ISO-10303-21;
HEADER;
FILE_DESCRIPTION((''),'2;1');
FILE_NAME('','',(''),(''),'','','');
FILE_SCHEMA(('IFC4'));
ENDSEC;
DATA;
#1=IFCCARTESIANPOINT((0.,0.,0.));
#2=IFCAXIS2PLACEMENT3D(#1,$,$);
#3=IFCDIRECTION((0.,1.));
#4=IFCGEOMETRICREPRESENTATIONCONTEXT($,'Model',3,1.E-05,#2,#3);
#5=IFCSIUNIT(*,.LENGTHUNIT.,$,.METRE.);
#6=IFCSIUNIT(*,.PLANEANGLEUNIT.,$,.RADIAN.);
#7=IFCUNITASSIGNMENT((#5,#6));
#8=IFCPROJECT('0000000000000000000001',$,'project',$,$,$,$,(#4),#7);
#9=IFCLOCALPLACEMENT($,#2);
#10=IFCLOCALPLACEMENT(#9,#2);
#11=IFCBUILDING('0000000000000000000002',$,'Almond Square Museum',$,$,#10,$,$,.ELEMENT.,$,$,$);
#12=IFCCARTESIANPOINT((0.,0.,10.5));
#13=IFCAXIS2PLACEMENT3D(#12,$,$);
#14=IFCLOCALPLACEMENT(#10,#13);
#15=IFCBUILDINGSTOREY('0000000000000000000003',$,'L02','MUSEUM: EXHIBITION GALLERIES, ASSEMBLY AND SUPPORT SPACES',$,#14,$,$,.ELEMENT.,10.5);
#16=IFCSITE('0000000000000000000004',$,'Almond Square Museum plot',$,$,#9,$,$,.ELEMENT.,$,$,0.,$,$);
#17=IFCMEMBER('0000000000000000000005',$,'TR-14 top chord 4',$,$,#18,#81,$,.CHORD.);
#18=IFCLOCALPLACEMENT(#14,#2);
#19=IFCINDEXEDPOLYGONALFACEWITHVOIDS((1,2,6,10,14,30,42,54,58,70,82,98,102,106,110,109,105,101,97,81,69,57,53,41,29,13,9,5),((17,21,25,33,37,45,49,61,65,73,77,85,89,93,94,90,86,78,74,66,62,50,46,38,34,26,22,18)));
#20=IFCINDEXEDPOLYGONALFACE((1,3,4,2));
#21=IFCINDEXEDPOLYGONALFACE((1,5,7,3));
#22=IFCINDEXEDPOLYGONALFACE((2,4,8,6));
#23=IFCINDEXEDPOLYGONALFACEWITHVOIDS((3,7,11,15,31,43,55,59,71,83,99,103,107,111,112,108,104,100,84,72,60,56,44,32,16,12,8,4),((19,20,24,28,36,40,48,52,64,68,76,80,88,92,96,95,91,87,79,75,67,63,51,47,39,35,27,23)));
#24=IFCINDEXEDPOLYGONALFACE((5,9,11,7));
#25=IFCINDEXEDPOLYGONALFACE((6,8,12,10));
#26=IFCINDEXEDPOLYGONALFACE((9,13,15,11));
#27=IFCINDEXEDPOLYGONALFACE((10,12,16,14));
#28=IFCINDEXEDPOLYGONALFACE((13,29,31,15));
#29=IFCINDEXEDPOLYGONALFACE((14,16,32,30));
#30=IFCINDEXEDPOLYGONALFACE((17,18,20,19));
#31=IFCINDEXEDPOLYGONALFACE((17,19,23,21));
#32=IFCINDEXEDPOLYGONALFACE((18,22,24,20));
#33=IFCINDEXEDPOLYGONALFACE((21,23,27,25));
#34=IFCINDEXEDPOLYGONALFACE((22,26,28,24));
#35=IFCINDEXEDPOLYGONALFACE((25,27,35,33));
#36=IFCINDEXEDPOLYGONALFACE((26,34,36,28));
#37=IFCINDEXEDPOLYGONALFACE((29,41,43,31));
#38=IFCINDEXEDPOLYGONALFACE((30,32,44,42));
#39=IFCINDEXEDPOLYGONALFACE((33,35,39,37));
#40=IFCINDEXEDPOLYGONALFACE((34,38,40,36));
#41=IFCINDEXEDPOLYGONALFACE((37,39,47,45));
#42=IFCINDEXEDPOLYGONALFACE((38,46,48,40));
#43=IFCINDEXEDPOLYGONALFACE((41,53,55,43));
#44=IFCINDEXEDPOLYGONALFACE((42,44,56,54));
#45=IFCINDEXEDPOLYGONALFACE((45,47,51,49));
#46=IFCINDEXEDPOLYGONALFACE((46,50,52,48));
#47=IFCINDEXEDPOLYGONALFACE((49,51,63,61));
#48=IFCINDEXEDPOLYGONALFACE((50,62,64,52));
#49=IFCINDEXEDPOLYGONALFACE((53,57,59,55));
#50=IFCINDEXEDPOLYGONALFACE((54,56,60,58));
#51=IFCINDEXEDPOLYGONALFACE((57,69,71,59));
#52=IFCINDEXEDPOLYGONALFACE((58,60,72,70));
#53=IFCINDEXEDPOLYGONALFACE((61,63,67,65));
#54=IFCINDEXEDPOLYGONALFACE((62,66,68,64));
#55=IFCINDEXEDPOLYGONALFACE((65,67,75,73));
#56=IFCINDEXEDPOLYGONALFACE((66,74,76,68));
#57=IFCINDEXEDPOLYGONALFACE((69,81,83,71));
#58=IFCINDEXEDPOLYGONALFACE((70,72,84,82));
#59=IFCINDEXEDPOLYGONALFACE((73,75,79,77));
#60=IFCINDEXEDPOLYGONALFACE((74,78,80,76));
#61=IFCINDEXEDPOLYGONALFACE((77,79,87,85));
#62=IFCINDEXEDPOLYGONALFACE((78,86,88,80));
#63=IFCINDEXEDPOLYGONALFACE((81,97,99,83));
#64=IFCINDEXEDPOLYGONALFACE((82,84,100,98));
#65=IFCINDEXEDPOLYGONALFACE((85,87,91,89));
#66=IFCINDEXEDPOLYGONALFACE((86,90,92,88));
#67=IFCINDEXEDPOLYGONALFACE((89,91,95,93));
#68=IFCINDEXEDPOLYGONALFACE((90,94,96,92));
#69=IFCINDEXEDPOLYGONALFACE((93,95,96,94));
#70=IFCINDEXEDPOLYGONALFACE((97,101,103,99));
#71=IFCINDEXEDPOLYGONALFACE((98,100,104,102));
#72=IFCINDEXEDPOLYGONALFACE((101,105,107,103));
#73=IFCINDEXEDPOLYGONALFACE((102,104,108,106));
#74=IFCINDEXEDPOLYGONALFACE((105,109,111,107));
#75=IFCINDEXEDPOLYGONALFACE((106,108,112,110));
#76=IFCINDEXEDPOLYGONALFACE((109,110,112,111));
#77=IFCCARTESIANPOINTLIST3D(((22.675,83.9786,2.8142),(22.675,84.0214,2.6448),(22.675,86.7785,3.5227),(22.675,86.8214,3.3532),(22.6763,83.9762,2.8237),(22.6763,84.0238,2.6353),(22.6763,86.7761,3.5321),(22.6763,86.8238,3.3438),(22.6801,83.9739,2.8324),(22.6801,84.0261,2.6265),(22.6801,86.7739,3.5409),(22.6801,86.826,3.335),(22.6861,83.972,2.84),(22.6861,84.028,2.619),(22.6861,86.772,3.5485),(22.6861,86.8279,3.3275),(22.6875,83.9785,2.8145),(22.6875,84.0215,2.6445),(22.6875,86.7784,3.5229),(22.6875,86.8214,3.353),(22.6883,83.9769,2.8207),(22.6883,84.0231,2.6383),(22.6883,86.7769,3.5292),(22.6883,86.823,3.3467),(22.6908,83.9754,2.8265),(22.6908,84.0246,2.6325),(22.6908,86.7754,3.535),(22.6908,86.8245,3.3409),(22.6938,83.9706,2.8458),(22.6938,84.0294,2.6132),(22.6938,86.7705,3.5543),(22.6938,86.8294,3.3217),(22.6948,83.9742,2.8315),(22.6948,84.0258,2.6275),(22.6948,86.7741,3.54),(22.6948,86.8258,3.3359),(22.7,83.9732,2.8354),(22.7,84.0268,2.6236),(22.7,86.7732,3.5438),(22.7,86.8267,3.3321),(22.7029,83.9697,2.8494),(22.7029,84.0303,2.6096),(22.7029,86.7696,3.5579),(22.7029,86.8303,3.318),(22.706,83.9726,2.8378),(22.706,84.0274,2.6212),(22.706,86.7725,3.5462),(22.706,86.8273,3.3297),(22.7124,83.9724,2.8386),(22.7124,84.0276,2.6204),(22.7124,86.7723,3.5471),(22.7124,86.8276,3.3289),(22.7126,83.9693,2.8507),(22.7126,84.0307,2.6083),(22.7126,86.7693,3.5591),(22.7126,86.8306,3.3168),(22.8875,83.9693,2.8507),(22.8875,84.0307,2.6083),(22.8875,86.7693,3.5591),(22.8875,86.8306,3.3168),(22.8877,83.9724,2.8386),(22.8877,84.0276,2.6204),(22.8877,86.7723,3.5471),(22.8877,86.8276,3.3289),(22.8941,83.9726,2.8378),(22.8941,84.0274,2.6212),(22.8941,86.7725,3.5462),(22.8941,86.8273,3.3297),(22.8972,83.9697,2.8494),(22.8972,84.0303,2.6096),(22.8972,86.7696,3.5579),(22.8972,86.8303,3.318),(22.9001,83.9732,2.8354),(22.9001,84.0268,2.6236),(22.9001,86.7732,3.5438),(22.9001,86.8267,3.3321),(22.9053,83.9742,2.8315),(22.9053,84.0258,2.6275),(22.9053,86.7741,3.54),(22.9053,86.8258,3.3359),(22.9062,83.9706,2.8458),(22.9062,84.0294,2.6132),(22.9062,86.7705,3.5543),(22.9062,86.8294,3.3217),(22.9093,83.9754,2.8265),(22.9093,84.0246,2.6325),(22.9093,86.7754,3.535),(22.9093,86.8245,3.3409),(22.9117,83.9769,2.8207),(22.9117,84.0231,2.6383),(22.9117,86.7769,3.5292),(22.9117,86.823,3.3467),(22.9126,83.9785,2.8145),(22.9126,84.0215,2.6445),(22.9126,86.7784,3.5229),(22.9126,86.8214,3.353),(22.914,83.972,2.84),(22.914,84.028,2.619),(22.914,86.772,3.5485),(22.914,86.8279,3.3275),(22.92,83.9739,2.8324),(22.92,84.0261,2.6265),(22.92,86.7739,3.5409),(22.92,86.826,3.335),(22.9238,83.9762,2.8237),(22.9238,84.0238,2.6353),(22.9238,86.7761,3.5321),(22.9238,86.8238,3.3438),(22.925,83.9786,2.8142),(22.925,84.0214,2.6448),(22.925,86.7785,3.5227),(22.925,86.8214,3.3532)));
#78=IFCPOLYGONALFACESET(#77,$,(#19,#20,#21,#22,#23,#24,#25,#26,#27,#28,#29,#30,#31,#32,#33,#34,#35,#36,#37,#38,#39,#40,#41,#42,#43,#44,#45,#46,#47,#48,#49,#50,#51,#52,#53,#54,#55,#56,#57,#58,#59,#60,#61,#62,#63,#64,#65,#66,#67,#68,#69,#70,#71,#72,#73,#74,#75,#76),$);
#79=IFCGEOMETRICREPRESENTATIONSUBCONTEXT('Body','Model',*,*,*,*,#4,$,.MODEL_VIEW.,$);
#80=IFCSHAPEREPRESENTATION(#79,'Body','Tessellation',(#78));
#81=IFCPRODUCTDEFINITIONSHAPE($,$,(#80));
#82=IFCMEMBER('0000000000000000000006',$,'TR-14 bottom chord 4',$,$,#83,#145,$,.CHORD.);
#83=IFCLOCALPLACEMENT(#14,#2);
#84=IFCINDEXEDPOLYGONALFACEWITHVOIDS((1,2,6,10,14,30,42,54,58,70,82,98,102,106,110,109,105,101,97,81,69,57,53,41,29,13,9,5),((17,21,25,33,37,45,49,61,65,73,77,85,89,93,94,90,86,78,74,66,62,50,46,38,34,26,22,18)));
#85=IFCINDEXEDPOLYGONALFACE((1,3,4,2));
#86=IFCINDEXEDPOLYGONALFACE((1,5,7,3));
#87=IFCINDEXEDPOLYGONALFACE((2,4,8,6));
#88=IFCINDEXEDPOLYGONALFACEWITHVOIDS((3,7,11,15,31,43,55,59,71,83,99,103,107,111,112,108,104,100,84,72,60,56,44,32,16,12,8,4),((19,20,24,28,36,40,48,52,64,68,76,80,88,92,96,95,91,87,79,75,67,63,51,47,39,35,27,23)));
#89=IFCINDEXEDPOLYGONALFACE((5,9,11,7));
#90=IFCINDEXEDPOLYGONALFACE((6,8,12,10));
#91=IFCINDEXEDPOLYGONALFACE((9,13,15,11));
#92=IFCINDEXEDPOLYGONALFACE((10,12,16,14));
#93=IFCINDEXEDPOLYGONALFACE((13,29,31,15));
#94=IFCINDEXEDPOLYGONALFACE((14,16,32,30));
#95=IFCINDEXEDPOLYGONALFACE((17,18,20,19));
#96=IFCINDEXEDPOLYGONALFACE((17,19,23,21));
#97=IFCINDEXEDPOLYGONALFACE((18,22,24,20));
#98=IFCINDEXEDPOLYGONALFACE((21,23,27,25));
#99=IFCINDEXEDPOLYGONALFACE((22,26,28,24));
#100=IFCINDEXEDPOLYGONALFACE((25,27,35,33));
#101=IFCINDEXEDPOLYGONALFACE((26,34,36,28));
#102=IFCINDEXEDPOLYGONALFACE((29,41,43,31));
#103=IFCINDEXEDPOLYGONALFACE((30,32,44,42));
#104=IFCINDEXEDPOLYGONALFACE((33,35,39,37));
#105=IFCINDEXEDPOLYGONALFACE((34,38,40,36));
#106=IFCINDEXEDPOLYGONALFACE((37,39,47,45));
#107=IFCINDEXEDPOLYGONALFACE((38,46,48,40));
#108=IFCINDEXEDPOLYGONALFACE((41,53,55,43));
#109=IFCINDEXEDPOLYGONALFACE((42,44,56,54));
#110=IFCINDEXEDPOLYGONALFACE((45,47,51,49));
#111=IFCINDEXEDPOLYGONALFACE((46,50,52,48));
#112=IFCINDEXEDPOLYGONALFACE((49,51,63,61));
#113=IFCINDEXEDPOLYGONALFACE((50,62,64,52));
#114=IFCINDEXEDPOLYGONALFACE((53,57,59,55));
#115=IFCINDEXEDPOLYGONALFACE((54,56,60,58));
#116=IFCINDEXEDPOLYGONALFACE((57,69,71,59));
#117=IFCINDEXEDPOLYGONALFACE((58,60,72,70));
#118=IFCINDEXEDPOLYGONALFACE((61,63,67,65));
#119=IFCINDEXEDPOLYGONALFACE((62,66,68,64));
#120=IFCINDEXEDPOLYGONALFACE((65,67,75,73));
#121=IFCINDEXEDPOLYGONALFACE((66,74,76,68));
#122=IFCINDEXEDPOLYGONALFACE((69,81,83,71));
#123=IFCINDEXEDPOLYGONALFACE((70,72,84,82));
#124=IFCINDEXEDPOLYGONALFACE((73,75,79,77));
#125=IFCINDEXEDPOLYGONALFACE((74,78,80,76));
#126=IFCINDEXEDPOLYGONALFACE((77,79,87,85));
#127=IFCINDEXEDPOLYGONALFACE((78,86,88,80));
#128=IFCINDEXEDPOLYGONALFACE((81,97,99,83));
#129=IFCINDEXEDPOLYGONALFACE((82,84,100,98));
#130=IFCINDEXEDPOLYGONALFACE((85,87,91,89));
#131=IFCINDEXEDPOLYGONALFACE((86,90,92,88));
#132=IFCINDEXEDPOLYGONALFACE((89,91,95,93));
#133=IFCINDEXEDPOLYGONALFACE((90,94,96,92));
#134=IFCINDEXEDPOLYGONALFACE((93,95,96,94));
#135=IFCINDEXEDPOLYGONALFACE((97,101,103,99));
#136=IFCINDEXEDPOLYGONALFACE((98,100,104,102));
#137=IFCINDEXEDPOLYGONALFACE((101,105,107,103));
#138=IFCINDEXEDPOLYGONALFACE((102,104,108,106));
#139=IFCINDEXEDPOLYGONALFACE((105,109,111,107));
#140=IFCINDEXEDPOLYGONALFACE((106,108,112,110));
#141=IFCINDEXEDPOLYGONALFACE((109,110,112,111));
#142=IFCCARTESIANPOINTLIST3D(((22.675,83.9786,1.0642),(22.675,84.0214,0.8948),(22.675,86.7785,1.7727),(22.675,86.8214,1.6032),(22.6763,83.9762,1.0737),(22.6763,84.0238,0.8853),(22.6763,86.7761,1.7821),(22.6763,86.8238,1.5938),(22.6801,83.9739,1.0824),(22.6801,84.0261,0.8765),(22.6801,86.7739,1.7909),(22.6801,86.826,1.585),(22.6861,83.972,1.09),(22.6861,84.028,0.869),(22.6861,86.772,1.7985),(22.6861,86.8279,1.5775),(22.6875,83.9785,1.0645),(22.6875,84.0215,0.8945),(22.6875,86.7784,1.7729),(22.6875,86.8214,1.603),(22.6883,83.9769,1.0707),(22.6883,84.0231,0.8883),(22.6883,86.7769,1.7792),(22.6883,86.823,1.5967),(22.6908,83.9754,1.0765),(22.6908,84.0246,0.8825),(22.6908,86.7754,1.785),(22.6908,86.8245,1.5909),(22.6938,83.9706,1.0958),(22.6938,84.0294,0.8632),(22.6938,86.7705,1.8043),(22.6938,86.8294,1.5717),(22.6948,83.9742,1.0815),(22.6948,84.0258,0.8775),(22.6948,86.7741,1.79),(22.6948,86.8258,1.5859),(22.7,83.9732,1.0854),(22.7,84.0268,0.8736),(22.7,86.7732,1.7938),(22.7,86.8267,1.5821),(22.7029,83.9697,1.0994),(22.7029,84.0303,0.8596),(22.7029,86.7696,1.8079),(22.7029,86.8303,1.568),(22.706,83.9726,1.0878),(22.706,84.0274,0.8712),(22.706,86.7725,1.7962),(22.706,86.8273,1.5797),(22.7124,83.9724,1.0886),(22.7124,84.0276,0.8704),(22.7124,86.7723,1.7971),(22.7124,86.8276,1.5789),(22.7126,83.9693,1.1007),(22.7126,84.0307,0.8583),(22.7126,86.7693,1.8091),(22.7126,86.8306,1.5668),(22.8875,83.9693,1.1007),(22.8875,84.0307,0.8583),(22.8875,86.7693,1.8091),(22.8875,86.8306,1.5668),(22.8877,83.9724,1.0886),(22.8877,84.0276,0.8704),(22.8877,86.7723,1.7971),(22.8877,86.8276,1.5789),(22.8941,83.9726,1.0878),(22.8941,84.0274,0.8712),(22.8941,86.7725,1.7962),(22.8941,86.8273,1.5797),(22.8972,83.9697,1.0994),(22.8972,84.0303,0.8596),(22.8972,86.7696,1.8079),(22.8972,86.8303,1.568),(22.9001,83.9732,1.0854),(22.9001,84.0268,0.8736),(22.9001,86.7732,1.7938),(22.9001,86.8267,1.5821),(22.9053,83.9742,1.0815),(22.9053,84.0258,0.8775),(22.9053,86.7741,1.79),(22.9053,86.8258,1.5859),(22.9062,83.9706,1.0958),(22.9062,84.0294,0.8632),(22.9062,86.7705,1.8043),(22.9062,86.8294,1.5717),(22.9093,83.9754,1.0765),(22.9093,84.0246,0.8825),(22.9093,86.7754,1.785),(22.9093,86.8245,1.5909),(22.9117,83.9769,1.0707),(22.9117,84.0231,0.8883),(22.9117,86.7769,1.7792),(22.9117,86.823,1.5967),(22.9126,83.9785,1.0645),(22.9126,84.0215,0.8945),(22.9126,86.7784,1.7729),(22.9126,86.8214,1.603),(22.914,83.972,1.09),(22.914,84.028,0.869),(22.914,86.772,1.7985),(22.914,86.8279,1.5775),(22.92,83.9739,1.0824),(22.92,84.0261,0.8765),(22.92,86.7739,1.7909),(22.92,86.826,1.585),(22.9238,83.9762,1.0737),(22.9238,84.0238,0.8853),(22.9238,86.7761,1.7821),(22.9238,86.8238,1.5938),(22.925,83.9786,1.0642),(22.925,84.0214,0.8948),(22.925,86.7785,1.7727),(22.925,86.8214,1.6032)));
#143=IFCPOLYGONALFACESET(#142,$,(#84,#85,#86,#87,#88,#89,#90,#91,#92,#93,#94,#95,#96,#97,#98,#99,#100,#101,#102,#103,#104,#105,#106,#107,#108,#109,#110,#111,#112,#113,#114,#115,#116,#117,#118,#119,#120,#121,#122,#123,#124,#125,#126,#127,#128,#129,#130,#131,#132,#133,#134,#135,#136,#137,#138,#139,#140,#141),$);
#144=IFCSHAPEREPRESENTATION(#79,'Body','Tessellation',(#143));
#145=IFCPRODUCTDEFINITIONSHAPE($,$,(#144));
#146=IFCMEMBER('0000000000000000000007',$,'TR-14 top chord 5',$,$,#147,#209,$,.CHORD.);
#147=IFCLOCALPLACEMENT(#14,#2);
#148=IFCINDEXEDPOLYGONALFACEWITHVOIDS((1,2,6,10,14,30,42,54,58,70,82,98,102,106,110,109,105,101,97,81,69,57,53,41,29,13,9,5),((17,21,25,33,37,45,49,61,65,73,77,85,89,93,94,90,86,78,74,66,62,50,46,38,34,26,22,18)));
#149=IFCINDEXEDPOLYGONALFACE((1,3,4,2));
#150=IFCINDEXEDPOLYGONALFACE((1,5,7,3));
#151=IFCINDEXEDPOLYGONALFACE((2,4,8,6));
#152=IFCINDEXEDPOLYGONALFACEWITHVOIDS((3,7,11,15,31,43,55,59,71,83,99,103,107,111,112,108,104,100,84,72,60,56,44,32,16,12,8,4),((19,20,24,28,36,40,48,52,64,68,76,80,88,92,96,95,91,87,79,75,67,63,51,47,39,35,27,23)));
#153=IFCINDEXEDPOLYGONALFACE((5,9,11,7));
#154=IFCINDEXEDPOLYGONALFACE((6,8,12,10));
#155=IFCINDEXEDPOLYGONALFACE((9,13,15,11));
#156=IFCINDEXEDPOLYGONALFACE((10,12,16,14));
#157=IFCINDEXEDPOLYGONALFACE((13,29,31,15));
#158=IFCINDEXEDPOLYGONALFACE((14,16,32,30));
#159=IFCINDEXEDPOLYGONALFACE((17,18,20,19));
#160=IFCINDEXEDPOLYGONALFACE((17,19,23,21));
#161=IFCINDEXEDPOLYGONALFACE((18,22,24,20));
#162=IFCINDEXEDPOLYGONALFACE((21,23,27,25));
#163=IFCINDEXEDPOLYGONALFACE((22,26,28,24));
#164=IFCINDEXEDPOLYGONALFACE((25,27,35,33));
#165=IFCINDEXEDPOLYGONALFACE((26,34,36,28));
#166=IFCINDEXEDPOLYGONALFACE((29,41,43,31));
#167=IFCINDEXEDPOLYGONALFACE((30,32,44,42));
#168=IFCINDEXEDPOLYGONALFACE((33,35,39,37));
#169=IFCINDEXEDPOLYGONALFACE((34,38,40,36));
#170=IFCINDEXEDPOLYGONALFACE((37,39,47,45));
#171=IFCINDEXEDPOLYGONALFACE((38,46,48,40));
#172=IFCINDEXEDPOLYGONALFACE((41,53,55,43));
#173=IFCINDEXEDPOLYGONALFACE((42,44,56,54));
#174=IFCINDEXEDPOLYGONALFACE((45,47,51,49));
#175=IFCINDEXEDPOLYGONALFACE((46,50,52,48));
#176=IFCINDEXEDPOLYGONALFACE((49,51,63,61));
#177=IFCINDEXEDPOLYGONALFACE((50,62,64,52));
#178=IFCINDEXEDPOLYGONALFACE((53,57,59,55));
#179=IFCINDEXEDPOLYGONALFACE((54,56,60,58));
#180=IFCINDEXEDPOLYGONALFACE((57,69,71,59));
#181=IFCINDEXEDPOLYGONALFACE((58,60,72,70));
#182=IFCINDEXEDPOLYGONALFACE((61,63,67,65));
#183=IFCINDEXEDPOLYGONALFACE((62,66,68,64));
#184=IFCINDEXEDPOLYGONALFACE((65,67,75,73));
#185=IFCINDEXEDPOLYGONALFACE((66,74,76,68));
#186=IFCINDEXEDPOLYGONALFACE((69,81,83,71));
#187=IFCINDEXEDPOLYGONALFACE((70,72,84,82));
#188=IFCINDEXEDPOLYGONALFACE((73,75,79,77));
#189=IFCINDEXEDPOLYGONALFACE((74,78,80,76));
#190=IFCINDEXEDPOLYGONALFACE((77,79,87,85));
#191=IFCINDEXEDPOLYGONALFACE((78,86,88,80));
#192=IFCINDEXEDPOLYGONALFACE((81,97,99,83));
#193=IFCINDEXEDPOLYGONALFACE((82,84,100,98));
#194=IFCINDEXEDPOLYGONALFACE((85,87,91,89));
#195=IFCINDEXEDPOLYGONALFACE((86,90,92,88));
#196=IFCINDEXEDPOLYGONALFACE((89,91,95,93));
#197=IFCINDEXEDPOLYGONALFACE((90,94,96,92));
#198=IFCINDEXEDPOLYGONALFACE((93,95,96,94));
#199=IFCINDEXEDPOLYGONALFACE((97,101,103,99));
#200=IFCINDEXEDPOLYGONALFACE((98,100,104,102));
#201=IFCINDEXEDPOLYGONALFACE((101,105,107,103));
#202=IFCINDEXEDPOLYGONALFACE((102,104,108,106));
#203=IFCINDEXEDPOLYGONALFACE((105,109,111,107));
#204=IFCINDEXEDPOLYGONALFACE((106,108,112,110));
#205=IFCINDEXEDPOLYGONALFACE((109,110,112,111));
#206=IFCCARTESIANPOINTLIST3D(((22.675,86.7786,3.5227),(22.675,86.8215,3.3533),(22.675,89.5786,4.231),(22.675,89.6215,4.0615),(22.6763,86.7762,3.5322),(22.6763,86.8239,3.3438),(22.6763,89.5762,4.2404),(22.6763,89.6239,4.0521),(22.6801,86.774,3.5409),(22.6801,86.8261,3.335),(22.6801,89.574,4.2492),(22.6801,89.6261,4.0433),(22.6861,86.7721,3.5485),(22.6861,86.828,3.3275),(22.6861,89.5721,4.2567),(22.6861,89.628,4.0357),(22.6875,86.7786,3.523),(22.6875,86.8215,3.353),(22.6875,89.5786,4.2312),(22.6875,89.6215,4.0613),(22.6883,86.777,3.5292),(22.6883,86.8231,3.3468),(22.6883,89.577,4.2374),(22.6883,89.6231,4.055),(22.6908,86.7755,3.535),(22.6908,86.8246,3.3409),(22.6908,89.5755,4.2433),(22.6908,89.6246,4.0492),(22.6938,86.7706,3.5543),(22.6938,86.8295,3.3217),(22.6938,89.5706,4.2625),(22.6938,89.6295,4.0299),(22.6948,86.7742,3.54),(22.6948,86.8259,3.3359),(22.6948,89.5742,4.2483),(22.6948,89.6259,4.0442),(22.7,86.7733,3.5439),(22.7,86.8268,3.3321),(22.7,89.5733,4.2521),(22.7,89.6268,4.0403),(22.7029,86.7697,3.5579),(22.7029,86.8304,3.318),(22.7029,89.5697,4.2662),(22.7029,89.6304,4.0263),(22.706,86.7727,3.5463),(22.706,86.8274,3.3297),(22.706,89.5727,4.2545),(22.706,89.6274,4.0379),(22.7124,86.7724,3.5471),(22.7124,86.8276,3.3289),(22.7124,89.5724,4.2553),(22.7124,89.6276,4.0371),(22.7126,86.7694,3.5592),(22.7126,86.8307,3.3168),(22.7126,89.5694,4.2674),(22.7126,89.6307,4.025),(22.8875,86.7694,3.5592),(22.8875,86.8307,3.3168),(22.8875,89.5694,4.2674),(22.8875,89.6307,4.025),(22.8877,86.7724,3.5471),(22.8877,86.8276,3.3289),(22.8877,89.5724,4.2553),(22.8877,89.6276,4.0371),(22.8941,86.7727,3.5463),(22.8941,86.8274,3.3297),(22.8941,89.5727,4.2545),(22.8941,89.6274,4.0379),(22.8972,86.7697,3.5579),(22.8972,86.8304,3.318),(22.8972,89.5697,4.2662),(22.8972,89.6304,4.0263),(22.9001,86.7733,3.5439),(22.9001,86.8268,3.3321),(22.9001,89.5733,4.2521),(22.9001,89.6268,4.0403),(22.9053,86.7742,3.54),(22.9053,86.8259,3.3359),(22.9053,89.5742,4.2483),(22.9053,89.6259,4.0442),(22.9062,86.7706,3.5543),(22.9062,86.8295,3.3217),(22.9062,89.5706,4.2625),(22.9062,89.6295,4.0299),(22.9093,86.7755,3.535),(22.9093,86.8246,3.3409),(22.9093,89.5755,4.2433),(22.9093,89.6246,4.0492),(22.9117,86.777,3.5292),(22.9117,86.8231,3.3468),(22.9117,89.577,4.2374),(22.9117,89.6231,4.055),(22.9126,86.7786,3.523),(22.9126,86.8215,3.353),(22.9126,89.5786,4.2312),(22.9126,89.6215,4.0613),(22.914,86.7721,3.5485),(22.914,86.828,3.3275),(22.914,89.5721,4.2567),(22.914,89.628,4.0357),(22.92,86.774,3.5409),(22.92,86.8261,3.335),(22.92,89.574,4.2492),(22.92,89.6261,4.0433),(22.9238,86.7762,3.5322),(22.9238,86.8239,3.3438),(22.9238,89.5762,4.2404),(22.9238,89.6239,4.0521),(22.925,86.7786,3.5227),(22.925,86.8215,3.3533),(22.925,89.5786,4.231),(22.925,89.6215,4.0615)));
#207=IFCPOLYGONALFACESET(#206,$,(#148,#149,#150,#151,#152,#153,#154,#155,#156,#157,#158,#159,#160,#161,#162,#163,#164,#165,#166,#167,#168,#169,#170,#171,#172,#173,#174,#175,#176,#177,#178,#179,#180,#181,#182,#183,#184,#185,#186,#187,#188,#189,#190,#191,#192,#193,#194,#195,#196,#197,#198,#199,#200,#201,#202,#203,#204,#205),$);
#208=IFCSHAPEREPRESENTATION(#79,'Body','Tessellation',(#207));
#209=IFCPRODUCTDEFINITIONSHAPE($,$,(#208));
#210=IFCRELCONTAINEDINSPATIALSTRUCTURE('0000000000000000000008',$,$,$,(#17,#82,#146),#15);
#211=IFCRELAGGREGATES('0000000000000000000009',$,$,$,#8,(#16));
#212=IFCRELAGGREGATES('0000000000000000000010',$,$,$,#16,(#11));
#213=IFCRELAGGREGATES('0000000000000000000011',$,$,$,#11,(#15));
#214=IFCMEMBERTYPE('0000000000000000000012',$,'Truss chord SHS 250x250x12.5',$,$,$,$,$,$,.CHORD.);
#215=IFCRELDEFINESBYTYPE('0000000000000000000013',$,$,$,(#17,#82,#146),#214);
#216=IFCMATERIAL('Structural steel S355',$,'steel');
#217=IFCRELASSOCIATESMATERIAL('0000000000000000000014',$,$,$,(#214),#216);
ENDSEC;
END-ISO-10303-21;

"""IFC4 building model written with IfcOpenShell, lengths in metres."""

from ifc_helpers import new_model, si_unit, direction, frame, origin, origin_2d, place, context, subcontext, project, spatial, hollow_rectangle, extrude, material, material_profile, profile_set, type_object, element, save


model = new_model("IFC4")

# Units and contexts
model_context = context("Model", 3, precision=1e-05, world=origin(), true_north=direction((0.0, 1.0)))
body_context = subcontext(model_context, "Body", "Model", "MODEL_VIEW")
ifc_project = project(units=[si_unit("LENGTHUNIT", "METRE"), si_unit("PLANEANGLEUNIT", "RADIAN")], contexts=[model_context])

# Site, building, storey
site_placement = place(None, origin())
site = spatial("IfcSite", under=ifc_project, at=site_placement, Name="Almond Square Museum plot", CompositionType="ELEMENT", RefElevation=0.0)
building_placement = place(site_placement, origin())
building = spatial("IfcBuilding", under=site, at=building_placement, Name="Almond Square Museum", CompositionType="ELEMENT")
storey_placement = place(building_placement, frame((0.0, 0.0, 10.5)))
storey = spatial("IfcBuildingStorey", under=building, at=storey_placement, Name="L02", Description="MUSEUM: EXHIBITION GALLERIES, ASSEMBLY AND SUPPORT SPACES", CompositionType="ELEMENT", Elevation=10.5)

# Members
ifc_material_1 = material(Name="Structural steel S355", Category="steel")
ifc_material_profile_1 = material_profile(ifc_material_1, hollow_rectangle(XDim=0.25, YDim=0.25, WallThickness=0.0125, InnerFilletRadius=0.0249, OuterFilletRadius=0.0376, at=origin_2d()))
ifc_profile_set_1 = profile_set([ifc_material_profile_1], Name="Structural steel S355")
member_type_1 = type_object("IfcMemberType", Name="Truss chord SHS 250x250x12.5", PredefinedType="CHORD", material=ifc_profile_set_1)
for number, where, z_axis, x_axis, name in (
    (1, (22.8, 84.0, 2.7295), (0.0, 0.969447, 0.245299), (-1.0, 0.0, 0.0), "TR-14 top chord 4"),
    (2, (22.8, 84.0, 0.9795), (0.0, 0.969447, 0.245299), (-1.0, 0.0, 0.0), "TR-14 bottom chord 4"),
    (3, (22.8, 86.8, 3.438), (0.0, 0.969468, 0.24522), (-1.0, 0.0, 0.0), "TR-14 top chord 5"),
):
    element("IfcMember", number, at=place(storey_placement, frame(where, z_axis=z_axis, x_axis=x_axis)), inside=storey, type_object=member_type_1, Name=name, PredefinedType="CHORD", context=body_context, shape_type="SweptSolid", body=[
        extrude(hollow_rectangle(XDim=0.25, YDim=0.25, WallThickness=0.0125, InnerFilletRadius=0.0249, OuterFilletRadius=0.0376, at=origin_2d()), origin(), (0.0, 0.0, 1.0), 2.8882),
    ])

save(model, "model.ifc")
